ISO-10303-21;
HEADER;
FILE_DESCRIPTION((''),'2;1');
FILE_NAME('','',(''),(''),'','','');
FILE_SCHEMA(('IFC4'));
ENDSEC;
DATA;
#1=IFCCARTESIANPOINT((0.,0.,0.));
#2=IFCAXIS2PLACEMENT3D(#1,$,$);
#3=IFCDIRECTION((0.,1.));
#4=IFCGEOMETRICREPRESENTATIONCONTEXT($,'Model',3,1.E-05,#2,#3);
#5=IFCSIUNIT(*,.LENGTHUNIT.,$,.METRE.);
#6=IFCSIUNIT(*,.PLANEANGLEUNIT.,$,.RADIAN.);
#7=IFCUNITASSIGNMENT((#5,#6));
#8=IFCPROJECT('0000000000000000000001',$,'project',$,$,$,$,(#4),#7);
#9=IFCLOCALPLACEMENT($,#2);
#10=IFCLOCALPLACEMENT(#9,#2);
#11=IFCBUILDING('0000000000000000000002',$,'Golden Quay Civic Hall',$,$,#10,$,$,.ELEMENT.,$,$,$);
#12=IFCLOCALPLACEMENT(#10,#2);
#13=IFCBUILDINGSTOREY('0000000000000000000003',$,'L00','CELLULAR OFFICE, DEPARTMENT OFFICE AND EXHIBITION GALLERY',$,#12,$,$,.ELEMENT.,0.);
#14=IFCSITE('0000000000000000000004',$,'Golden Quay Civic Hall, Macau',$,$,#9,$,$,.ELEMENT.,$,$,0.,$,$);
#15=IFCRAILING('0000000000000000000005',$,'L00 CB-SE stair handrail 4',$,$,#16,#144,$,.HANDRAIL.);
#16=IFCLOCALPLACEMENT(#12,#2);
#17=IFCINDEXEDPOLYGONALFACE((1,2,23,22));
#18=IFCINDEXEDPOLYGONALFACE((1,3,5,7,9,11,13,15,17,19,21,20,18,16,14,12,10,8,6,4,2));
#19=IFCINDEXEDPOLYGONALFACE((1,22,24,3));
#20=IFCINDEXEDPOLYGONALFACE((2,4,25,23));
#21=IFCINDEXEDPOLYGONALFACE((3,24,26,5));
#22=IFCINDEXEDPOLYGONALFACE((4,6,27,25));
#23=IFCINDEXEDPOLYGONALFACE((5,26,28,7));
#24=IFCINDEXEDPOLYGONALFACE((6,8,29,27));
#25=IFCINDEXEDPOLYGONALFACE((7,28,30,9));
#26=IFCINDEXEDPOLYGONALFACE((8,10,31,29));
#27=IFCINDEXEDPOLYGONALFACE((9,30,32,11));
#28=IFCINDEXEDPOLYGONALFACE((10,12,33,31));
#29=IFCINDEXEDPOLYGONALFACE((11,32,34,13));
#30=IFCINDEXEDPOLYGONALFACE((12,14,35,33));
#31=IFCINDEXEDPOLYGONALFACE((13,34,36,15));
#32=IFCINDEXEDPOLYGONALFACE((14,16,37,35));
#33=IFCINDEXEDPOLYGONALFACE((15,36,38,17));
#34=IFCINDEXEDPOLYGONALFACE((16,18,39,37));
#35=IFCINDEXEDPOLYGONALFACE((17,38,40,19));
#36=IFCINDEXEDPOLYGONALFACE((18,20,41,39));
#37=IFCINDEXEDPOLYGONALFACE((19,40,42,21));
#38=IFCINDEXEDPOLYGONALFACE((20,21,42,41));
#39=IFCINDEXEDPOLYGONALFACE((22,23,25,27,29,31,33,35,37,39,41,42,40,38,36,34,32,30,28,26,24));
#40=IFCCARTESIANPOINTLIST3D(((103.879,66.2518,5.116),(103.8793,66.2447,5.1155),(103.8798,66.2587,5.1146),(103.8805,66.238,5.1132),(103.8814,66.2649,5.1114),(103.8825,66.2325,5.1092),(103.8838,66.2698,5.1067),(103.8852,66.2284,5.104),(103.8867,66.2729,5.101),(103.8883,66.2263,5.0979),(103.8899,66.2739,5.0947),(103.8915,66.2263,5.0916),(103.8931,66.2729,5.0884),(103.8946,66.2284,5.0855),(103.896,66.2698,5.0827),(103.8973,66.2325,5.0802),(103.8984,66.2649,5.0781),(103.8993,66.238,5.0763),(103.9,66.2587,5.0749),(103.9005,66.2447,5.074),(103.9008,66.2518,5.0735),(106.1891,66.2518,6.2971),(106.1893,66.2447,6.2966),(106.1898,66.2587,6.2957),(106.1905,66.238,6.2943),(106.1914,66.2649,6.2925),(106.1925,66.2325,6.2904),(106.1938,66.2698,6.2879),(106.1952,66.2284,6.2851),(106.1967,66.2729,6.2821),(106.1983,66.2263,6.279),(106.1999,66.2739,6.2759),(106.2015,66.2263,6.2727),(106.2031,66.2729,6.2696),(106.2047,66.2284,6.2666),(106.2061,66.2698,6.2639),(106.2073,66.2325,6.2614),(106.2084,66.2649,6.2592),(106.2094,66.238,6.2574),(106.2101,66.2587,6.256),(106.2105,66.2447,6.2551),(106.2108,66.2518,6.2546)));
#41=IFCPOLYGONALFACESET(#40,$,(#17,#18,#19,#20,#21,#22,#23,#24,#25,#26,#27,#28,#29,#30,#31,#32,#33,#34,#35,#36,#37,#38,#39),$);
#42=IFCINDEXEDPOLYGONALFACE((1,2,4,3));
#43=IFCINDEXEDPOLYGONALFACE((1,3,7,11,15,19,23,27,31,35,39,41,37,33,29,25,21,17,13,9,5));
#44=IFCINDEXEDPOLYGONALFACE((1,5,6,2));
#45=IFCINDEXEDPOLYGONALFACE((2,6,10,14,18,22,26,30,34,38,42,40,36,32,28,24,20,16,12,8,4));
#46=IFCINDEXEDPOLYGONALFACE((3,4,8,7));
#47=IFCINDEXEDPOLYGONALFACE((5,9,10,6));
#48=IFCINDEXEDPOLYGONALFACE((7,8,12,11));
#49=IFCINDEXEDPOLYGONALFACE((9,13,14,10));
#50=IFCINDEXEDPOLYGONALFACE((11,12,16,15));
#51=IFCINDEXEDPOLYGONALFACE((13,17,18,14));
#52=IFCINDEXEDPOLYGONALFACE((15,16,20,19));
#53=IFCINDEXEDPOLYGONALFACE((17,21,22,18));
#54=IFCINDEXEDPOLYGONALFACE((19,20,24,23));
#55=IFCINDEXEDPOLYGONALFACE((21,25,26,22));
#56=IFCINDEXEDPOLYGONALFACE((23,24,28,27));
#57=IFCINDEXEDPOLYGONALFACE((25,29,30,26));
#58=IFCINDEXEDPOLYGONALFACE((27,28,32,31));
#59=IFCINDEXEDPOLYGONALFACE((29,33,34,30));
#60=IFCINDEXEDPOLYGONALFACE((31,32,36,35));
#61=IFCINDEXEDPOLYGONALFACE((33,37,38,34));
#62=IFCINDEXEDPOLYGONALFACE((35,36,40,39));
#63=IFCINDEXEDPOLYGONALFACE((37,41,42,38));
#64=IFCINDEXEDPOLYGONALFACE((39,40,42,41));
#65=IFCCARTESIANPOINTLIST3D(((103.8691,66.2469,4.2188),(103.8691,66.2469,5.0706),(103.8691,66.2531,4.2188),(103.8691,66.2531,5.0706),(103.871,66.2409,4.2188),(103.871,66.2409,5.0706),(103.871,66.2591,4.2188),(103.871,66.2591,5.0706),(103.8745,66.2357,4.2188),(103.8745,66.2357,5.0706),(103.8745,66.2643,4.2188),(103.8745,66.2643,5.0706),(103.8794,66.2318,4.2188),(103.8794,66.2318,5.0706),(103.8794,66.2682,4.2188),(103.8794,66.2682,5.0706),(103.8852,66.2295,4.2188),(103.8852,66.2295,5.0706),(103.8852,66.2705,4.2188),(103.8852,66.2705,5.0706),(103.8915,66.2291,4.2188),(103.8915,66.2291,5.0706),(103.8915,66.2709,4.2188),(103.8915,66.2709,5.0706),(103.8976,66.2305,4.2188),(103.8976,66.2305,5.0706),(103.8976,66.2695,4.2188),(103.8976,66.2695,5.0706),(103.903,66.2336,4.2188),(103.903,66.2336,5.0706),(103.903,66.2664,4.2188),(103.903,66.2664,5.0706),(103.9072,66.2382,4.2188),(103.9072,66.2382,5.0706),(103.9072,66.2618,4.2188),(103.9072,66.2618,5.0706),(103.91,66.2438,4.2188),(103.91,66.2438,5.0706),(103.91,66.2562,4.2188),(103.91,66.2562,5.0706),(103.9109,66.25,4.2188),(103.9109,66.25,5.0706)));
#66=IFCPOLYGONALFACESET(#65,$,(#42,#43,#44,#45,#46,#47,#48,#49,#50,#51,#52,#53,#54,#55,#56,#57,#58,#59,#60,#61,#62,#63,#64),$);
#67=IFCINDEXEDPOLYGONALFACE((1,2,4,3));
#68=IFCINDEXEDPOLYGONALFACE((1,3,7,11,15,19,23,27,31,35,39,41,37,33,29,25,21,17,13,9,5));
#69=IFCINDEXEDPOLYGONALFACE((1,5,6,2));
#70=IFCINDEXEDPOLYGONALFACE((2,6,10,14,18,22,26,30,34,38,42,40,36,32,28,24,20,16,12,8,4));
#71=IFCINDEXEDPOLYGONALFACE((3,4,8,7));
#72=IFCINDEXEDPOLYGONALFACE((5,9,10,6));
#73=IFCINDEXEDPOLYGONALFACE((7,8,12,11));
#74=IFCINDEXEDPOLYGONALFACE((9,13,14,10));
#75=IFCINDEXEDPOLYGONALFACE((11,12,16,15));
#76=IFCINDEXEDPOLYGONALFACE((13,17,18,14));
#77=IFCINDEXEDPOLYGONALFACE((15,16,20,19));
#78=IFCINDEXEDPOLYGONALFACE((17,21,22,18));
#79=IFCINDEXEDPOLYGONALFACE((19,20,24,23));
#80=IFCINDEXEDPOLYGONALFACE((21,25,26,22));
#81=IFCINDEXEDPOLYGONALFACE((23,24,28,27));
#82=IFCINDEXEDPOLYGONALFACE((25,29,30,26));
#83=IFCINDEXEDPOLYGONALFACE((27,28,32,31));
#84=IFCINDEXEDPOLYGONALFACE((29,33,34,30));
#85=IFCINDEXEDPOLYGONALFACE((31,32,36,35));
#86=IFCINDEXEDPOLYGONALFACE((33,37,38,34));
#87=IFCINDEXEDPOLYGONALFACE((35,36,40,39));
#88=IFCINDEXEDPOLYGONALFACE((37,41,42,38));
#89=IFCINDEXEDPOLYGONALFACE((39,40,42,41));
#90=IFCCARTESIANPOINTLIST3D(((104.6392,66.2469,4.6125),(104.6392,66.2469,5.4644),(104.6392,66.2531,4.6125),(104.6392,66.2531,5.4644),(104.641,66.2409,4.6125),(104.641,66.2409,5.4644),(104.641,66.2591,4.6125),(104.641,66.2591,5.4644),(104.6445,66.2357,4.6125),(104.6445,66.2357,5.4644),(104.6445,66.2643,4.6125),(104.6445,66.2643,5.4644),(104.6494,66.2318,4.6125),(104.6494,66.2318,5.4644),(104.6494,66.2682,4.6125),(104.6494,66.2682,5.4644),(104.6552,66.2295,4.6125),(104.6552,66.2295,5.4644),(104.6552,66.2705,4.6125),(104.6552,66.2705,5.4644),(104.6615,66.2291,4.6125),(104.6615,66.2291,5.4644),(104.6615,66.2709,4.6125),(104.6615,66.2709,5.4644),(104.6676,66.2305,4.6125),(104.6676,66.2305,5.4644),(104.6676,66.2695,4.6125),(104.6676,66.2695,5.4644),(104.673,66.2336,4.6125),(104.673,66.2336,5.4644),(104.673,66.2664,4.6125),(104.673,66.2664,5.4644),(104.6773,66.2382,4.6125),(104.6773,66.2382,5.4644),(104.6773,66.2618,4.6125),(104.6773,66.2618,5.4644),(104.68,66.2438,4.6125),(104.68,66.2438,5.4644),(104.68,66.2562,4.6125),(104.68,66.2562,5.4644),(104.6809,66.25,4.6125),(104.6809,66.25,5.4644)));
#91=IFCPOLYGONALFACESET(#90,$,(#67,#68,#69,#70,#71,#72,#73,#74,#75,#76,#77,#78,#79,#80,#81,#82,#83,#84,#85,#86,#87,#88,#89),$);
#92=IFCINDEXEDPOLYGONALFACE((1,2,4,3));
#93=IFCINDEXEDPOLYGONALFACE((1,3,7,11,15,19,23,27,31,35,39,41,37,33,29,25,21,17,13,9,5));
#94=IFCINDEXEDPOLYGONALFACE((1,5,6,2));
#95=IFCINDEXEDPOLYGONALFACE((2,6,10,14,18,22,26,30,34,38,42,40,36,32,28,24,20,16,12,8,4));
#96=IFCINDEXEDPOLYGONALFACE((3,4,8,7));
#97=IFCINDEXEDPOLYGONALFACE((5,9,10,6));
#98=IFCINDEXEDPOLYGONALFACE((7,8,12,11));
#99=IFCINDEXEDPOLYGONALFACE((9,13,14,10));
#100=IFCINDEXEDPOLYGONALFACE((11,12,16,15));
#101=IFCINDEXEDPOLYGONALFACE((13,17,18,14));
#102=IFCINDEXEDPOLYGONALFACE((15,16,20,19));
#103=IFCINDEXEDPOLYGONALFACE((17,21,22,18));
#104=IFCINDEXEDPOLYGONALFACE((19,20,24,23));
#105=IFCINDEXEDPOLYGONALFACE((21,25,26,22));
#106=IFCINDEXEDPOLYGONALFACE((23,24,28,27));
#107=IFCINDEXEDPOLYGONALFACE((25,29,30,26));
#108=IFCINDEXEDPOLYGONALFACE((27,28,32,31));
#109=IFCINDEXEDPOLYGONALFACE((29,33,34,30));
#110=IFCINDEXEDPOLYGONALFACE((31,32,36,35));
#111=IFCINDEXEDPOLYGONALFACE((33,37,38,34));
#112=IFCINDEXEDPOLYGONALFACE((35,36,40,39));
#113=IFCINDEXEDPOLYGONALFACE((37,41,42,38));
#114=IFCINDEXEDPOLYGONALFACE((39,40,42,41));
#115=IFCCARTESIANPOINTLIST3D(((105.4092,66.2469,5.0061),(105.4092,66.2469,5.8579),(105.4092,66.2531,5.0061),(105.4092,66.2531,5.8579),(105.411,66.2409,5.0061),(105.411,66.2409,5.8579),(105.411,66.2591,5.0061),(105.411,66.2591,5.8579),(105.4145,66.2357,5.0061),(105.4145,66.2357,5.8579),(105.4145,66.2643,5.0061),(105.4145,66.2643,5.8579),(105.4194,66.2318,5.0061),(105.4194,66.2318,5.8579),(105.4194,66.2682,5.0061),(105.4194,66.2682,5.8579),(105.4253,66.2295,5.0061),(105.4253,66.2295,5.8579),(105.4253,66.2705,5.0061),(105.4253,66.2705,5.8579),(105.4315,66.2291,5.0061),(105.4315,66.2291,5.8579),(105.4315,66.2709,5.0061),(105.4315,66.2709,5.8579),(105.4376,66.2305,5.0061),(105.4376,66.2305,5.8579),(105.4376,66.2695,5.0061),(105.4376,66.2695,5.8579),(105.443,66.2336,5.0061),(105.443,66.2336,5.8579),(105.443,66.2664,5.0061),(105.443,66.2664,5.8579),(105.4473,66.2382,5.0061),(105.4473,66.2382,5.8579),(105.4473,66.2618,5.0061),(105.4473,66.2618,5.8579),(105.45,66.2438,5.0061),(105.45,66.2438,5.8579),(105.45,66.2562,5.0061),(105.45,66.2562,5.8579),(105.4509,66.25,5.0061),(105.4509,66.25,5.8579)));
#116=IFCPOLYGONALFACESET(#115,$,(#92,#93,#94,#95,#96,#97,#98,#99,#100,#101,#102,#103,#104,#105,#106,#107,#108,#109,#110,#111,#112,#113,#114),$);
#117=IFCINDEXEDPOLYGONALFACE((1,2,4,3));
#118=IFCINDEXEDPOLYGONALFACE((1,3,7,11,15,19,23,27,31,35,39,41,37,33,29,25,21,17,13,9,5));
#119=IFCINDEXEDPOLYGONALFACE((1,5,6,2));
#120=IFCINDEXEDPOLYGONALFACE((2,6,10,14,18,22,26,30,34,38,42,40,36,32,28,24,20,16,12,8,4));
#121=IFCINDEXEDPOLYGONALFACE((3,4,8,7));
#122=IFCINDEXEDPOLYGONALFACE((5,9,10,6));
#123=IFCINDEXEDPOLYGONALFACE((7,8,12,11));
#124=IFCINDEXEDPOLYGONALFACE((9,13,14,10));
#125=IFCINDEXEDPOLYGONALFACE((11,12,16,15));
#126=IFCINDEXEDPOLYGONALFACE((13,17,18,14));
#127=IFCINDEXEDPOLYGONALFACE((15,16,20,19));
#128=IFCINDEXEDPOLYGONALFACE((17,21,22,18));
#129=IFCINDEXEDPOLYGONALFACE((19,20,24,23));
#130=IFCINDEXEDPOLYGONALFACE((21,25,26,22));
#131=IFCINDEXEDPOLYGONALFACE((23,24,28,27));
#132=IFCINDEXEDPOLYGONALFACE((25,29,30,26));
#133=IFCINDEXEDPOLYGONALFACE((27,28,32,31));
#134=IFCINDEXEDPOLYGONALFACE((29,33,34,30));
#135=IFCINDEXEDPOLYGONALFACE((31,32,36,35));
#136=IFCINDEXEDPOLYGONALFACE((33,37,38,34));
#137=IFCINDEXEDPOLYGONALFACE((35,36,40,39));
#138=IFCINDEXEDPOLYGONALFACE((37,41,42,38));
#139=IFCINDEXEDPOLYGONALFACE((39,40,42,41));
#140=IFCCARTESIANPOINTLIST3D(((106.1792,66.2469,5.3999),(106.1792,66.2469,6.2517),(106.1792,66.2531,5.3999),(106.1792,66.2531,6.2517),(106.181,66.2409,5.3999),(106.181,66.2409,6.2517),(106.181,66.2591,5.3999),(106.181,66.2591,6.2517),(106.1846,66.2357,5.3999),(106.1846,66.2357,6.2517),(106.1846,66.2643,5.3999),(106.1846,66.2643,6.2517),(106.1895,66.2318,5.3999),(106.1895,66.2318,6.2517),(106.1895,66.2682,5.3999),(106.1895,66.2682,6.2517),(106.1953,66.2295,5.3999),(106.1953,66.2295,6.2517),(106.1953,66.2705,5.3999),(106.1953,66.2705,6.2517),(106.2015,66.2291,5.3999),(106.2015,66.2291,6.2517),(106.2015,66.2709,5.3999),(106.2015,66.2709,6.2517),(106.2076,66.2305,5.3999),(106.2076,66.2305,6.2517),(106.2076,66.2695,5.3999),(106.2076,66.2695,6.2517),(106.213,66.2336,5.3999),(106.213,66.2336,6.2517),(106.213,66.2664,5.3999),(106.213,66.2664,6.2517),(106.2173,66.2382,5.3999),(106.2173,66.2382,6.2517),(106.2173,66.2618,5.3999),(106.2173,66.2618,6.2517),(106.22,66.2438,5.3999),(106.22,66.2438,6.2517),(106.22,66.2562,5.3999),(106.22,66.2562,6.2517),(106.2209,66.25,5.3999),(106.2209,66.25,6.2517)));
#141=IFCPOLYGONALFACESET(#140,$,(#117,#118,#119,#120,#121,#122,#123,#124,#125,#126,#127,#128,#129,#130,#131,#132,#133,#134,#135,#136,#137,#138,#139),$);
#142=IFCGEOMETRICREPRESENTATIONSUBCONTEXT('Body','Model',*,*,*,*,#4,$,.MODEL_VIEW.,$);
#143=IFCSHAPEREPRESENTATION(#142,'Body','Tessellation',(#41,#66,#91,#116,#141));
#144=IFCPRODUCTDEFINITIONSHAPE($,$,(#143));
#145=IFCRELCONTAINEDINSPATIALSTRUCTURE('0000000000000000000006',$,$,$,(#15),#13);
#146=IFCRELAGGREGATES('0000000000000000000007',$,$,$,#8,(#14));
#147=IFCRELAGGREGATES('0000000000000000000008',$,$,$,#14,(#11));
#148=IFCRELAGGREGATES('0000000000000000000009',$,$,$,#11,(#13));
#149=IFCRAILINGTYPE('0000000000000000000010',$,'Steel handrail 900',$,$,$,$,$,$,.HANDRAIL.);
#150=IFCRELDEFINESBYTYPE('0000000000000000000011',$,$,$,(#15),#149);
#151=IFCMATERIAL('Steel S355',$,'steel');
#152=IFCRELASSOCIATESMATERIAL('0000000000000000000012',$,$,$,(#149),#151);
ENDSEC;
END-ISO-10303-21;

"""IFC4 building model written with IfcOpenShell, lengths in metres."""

from ifc_helpers import new_model, si_unit, direction, frame, origin, origin_2d, place, context, subcontext, project, spatial, circle, extrude, material, type_object, element, save


model = new_model("IFC4")

# Units and contexts
model_context = context("Model", 3, precision=1e-05, world=origin(), true_north=direction((0.0, 1.0)))
body_context = subcontext(model_context, "Body", "Model", "MODEL_VIEW")
ifc_project = project(units=[si_unit("LENGTHUNIT", "METRE"), si_unit("PLANEANGLEUNIT", "RADIAN")], contexts=[model_context])

# Site, building, storey
site_placement = place(None, origin())
site = spatial("IfcSite", under=ifc_project, at=site_placement, Name="Golden Quay Civic Hall, Macau", CompositionType="ELEMENT", RefElevation=0.0)
building_placement = place(site_placement, origin())
building = spatial("IfcBuilding", under=site, at=building_placement, Name="Golden Quay Civic Hall", CompositionType="ELEMENT")
storey_placement = place(building_placement, origin())
storey = spatial("IfcBuildingStorey", under=building, at=storey_placement, Name="L00", Description="CELLULAR OFFICE, DEPARTMENT OFFICE AND EXHIBITION GALLERY", CompositionType="ELEMENT", Elevation=0.0)

# Railing
ifc_material_1 = material(Name="Steel S355", Category="steel")
railing_type = type_object("IfcRailingType", Name="Steel handrail 900", PredefinedType="HANDRAIL", material=ifc_material_1)
for number, where, name in (
    (1, (103.8899, 66.25, 4.2188), "L00 CB-SE stair handrail 4"),
):
    element("IfcRailing", number, at=place(storey_placement, frame(where)), inside=storey, type_object=railing_type, Name=name, PredefinedType="HANDRAIL", context=body_context, shape_type="SweptSolid", body=[
        extrude(circle(Radius=0.0239, at=origin_2d()), frame((0.0, 0.0, 0.876), z_axis=(0.890363, 0.0, 0.45525), x_axis=(0.0, 1.0, 0.0)), (0.0, 0.0, 1.0), 2.5945),
        extrude(circle(Radius=0.021, at=origin_2d()), origin(), (0.0, 0.0, 1.0), 0.8518),
        extrude(circle(Radius=0.021, at=origin_2d()), frame((0.77, 0.0, 0.3938)), (0.0, 0.0, 1.0), 0.8518),
        extrude(circle(Radius=0.021, at=origin_2d()), frame((1.54, 0.0, 0.7874)), (0.0, 0.0, 1.0), 0.8518),
        extrude(circle(Radius=0.021, at=origin_2d()), frame((2.3101, 0.0, 1.1812)), (0.0, 0.0, 1.0), 0.8518),
    ])

save(model, "model.ifc")
